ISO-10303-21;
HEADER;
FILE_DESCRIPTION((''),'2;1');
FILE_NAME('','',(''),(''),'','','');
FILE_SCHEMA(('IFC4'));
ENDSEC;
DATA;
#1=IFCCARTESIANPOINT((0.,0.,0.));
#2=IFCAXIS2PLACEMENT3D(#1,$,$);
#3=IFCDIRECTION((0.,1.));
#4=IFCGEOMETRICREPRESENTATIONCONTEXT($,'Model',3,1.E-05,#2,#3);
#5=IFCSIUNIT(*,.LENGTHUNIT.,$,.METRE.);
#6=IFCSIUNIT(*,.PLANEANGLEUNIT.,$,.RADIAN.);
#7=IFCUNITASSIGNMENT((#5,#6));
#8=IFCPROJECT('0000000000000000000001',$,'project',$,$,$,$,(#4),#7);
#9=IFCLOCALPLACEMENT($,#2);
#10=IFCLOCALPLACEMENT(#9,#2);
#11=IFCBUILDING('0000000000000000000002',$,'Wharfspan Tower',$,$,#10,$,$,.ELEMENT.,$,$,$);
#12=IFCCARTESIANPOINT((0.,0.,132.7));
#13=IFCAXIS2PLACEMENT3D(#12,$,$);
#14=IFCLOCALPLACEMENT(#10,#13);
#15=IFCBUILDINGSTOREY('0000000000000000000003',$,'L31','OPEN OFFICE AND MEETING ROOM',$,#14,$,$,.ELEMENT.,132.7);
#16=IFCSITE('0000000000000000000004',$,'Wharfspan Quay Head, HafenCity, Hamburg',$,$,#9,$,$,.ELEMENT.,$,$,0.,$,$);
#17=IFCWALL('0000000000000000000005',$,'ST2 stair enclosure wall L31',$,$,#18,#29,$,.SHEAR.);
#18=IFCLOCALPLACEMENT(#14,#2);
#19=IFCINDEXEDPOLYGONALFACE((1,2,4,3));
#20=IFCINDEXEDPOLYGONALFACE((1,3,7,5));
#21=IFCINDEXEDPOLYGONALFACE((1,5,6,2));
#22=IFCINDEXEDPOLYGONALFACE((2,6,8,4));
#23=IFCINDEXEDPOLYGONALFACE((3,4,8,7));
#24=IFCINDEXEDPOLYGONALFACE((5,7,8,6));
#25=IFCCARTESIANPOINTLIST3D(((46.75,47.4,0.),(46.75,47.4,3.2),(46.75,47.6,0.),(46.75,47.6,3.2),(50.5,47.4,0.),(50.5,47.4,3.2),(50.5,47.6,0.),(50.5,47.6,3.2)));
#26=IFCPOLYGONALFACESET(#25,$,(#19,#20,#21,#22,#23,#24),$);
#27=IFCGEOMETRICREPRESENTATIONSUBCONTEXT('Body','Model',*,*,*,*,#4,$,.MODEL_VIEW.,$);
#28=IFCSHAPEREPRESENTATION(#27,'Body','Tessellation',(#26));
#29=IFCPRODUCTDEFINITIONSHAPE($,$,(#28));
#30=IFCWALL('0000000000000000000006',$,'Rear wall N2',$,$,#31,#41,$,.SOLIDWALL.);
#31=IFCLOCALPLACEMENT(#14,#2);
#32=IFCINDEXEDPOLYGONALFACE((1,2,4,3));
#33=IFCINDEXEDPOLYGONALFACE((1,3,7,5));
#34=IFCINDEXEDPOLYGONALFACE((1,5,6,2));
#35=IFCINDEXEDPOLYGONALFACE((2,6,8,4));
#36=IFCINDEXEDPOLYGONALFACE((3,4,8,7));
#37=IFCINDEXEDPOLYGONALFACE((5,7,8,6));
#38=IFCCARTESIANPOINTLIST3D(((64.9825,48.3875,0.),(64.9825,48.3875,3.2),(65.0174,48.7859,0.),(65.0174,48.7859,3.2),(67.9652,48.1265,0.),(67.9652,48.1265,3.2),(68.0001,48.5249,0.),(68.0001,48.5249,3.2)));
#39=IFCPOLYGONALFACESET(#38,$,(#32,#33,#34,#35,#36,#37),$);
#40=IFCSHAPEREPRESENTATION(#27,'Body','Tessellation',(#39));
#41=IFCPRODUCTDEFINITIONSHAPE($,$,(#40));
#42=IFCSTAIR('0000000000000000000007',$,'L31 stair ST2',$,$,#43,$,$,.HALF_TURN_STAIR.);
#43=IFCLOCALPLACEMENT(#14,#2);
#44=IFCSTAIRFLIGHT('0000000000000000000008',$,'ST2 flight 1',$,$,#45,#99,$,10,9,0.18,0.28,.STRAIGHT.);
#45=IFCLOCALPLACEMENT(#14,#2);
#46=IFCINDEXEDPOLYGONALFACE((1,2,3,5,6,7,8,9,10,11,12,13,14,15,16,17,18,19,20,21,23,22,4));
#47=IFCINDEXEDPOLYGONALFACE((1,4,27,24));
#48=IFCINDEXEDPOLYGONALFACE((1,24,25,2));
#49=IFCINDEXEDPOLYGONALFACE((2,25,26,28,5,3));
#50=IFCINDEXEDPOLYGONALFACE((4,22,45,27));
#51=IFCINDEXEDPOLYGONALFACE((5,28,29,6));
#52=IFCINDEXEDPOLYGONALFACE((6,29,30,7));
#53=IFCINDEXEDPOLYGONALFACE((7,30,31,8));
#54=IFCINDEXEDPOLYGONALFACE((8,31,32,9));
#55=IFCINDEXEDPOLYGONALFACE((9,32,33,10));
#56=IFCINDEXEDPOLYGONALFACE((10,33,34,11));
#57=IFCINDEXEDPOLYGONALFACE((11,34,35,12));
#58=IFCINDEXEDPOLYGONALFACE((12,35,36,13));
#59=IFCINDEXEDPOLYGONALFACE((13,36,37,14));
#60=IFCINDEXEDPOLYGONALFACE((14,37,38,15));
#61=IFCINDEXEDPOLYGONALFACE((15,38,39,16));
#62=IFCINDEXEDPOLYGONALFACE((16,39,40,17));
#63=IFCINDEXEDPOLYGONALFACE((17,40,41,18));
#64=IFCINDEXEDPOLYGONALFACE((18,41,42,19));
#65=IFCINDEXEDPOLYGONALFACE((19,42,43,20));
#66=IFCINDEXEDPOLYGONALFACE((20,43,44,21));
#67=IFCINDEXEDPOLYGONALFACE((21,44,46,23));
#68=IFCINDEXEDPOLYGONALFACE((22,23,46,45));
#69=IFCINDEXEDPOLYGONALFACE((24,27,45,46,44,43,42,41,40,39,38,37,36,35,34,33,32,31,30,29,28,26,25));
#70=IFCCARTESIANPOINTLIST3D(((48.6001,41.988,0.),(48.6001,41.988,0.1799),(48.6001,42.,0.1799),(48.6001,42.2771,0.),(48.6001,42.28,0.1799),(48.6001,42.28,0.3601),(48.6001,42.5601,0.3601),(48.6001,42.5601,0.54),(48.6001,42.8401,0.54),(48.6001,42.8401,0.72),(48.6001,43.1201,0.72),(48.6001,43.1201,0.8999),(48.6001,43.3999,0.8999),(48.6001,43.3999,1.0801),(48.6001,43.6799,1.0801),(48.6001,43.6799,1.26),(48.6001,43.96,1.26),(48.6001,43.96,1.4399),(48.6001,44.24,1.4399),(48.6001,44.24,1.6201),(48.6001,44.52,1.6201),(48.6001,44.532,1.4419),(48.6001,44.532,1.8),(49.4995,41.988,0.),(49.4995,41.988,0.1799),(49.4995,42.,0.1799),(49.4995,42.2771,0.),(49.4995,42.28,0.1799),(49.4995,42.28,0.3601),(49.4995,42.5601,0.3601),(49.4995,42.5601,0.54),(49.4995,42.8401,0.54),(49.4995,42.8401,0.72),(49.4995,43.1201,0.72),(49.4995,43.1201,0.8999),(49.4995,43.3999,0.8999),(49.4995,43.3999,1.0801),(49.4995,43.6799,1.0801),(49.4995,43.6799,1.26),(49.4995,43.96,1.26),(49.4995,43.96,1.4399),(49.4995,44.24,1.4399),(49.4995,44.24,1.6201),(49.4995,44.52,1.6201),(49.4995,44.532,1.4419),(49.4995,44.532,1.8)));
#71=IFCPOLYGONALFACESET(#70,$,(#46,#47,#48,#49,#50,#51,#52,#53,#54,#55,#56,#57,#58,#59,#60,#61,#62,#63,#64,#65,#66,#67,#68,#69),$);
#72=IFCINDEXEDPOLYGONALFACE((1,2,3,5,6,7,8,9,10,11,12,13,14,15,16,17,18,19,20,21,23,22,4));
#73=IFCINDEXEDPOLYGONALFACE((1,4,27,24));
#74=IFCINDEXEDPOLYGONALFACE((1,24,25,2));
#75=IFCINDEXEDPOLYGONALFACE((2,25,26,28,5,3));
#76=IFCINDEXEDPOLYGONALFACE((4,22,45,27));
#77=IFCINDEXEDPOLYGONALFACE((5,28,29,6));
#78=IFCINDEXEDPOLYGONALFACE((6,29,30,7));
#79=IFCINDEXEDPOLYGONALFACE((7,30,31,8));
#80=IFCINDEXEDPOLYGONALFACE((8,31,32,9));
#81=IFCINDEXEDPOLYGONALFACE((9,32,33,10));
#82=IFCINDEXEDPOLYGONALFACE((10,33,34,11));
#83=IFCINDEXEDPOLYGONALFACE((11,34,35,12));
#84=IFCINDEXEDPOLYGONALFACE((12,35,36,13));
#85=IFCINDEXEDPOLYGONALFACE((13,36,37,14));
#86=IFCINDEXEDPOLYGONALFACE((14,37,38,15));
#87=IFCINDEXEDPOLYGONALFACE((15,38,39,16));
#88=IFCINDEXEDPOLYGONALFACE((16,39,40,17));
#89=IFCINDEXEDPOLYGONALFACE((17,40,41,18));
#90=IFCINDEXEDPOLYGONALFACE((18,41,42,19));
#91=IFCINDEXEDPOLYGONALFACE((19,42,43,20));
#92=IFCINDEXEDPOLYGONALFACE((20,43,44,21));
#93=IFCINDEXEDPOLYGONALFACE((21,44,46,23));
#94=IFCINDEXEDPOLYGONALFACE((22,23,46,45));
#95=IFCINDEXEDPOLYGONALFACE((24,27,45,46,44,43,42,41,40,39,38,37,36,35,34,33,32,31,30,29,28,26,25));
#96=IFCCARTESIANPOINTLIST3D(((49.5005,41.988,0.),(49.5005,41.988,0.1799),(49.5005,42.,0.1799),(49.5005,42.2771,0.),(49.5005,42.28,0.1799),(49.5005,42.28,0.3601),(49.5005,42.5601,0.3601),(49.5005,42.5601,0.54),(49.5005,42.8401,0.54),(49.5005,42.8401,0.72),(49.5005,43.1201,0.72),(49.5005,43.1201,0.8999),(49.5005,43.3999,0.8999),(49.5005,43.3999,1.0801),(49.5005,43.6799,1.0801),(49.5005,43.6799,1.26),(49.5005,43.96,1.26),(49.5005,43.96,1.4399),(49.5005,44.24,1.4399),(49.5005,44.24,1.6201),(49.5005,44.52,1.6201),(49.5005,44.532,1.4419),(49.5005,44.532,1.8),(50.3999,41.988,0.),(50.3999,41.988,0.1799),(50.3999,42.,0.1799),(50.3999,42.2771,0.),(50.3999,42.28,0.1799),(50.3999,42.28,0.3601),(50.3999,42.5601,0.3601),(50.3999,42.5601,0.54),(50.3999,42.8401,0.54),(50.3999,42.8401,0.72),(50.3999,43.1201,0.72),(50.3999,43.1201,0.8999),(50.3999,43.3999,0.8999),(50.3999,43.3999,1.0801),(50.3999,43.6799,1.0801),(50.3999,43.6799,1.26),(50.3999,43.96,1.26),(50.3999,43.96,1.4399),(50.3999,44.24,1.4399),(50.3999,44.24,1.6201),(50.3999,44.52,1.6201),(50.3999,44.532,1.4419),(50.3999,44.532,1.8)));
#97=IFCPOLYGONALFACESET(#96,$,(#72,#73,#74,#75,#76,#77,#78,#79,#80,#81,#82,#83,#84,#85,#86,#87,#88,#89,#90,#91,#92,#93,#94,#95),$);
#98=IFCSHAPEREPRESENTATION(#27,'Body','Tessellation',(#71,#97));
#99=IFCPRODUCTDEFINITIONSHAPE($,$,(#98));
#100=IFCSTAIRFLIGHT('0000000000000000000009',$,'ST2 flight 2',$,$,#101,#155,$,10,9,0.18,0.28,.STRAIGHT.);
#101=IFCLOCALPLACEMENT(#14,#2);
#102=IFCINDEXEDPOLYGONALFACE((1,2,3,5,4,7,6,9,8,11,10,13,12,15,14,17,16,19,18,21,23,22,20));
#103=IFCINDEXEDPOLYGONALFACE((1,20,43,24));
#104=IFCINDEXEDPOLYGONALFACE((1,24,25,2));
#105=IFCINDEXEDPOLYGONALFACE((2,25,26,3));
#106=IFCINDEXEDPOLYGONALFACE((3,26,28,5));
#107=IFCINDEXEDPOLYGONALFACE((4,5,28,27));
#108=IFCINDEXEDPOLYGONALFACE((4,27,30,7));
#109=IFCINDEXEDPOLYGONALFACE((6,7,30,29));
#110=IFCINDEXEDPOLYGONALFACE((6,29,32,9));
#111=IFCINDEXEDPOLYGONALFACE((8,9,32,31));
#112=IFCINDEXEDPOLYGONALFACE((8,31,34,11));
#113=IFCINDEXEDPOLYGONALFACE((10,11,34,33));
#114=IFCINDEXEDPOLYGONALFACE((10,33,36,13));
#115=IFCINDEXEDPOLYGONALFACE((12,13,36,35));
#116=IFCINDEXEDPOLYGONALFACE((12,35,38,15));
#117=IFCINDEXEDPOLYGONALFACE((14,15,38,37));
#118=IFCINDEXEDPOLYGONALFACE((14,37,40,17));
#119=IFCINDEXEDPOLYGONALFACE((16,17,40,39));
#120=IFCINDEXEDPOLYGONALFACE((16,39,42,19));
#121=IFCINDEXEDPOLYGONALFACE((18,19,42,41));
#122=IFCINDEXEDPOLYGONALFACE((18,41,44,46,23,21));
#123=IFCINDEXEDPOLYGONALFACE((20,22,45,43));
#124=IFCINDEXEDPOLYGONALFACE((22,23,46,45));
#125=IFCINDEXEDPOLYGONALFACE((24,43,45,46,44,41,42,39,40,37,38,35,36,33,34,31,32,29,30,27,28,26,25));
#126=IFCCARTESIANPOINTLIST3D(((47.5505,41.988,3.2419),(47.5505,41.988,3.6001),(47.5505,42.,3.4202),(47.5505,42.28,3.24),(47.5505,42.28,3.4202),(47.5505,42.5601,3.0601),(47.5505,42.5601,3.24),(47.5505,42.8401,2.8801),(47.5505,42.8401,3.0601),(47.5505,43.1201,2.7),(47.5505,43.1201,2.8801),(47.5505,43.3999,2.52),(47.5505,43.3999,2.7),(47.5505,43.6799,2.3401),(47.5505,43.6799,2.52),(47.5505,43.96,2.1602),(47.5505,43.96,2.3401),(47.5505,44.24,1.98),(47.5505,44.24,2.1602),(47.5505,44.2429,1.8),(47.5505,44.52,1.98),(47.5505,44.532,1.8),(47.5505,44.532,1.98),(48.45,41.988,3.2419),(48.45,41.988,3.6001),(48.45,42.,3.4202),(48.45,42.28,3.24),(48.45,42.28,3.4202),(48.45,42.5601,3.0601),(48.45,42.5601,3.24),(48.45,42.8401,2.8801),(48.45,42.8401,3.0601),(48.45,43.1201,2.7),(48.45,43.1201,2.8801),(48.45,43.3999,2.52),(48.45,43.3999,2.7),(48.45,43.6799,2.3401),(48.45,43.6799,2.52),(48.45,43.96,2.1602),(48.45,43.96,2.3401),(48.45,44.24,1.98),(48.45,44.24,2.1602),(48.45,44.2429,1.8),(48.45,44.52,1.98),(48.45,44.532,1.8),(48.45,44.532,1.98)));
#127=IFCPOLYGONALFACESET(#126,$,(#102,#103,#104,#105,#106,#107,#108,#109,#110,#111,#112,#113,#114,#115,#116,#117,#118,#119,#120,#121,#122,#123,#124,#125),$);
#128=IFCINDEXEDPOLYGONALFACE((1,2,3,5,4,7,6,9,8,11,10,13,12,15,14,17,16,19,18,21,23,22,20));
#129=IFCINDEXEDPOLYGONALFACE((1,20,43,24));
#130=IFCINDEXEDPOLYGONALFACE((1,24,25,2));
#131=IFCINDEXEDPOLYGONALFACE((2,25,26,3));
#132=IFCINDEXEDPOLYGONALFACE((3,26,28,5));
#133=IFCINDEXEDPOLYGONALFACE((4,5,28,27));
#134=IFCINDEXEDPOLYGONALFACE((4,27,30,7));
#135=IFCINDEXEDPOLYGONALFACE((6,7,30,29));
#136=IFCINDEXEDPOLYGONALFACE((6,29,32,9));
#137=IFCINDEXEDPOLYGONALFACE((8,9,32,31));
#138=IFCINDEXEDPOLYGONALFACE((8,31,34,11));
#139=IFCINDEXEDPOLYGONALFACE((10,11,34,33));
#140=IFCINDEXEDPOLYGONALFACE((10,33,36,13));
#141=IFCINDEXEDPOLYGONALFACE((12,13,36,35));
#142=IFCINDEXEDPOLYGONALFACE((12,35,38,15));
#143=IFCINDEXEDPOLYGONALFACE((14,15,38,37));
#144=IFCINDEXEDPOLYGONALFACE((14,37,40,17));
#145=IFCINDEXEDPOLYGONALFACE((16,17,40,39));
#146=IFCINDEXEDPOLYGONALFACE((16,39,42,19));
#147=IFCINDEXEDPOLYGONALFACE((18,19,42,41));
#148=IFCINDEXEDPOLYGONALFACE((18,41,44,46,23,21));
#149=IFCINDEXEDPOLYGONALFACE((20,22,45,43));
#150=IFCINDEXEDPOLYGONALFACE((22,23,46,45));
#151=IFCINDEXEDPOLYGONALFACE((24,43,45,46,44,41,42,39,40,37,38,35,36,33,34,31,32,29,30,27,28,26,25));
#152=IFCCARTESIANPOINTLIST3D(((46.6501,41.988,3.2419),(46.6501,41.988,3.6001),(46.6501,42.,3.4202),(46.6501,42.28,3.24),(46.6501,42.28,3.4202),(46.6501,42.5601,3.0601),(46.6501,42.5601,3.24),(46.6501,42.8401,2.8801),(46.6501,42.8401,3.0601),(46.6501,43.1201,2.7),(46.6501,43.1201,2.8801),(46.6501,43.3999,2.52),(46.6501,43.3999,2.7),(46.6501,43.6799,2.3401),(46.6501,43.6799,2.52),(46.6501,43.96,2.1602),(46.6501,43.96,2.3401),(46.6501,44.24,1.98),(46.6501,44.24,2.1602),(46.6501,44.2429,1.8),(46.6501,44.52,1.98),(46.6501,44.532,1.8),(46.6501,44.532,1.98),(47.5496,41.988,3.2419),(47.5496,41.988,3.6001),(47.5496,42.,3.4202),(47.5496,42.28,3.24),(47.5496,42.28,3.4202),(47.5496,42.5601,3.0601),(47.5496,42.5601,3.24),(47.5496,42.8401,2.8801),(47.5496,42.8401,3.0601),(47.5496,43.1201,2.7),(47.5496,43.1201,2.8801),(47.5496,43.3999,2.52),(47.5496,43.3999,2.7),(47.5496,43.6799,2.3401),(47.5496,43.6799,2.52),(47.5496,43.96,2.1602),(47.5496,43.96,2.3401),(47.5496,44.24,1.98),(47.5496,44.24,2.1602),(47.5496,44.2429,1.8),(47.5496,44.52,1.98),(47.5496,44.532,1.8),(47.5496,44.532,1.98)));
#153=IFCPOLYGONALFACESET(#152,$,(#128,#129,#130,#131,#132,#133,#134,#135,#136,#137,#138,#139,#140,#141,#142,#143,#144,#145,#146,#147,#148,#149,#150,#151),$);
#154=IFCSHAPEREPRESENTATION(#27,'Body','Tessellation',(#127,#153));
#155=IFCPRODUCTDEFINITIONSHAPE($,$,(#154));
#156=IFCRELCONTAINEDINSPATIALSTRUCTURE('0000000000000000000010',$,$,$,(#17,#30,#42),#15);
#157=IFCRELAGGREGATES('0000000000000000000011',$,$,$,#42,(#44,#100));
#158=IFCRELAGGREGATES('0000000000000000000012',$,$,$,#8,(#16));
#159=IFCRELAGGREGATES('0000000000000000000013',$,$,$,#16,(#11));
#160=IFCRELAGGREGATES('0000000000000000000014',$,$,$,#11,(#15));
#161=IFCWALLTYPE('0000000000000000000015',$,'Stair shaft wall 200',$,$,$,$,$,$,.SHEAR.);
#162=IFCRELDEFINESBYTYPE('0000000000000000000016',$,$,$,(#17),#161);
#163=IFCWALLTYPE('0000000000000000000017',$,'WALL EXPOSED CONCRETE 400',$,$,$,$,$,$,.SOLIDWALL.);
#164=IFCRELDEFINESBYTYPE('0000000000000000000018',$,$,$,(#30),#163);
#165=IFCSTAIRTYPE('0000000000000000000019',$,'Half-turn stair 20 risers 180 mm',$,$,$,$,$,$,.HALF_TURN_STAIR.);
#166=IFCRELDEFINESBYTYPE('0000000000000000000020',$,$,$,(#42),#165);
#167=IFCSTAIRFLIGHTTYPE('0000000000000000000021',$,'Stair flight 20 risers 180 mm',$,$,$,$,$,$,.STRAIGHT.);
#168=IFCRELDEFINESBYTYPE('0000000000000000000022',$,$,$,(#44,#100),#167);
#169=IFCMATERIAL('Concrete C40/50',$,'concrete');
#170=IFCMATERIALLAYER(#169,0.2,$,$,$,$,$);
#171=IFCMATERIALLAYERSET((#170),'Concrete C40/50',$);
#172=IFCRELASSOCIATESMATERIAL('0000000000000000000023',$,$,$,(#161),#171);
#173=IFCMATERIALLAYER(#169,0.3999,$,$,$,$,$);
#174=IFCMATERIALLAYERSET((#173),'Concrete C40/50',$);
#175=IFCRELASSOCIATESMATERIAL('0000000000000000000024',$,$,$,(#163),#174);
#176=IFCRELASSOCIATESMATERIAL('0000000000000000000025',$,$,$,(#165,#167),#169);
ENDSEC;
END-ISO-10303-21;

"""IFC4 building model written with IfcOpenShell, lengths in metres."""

from ifc_helpers import new_model, si_unit, direction, frame, frame_2d, origin, place, context, subcontext, project, spatial, polyline, rectangle, outline, extrude, material, layer, layer_set, type_object, element, aggregate, save


model = new_model("IFC4")

# Units and contexts
model_context = context("Model", 3, precision=1e-05, world=origin(), true_north=direction((0.0, 1.0)))
body_context = subcontext(model_context, "Body", "Model", "MODEL_VIEW")
ifc_project = project(units=[si_unit("LENGTHUNIT", "METRE"), si_unit("PLANEANGLEUNIT", "RADIAN")], contexts=[model_context])

# Site, building, storey
site_placement = place(None, origin())
site = spatial("IfcSite", under=ifc_project, at=site_placement, Name="Wharfspan Quay Head, HafenCity, Hamburg", CompositionType="ELEMENT", RefElevation=0.0)
building_placement = place(site_placement, origin())
building = spatial("IfcBuilding", under=site, at=building_placement, Name="Wharfspan Tower", CompositionType="ELEMENT")
storey_placement = place(building_placement, frame((0.0, 0.0, 132.7)))
storey = spatial("IfcBuildingStorey", under=building, at=storey_placement, Name="L31", Description="OPEN OFFICE AND MEETING ROOM", CompositionType="ELEMENT", Elevation=132.7)

# Walls
ifc_material_1 = material(Name="Concrete C40/50", Category="concrete")
ifc_layer_1 = layer(ifc_material_1, 0.2)
ifc_layer_set_1 = layer_set([ifc_layer_1], Name="Concrete C40/50")
wall_type_1 = type_object("IfcWallType", Name="Stair shaft wall 200", PredefinedType="SHEAR", material=ifc_layer_set_1)
wall_1_placement = place(storey_placement, frame((46.75, 47.5, 0.0), z_axis=(0.0, 0.0, 1.0), x_axis=(1.0, 0.0, 0.0)))
element("IfcWall", 1, at=wall_1_placement, inside=storey, type_object=wall_type_1, Name="ST2 stair enclosure wall L31", PredefinedType="SHEAR", context=body_context, shape_type="SweptSolid", body=[
    extrude(rectangle(XDim=3.75, YDim=0.2, at=frame_2d((1.875, 0.0))), origin(), (0.0, 0.0, 1.0), 3.2),
])
ifc_layer_2 = layer(ifc_material_1, 0.3999)
ifc_layer_set_2 = layer_set([ifc_layer_2], Name="Concrete C40/50")
wall_type_2 = type_object("IfcWallType", Name="WALL EXPOSED CONCRETE 400", PredefinedType="SOLIDWALL", material=ifc_layer_set_2)
wall_2_placement = place(storey_placement, frame((67.9827, 48.3257, 0.0), z_axis=(0.0, 0.0, 1.0), x_axis=(-0.996194, 0.087168, 0.0)))
element("IfcWall", 2, at=wall_2_placement, inside=storey, type_object=wall_type_2, Name="Rear wall N2", PredefinedType="SOLIDWALL", context=body_context, shape_type="SweptSolid", body=[
    extrude(rectangle(XDim=2.9941, YDim=0.3999, at=frame_2d((1.4971, 0.0))), origin(), (0.0, 0.0, 1.0), 3.2),
])

# Stair, stair flights
stair_type = type_object("IfcStairType", Name="Half-turn stair 20 risers 180 mm", PredefinedType="HALF_TURN_STAIR", material=ifc_material_1)
stair_placement = place(storey_placement, origin())
stair = element("IfcStair", 3, at=stair_placement, inside=storey, type_object=stair_type, Name="L31 stair ST2", PredefinedType="HALF_TURN_STAIR")
stair_flight_type = type_object("IfcStairFlightType", Name="Stair flight 20 risers 180 mm", PredefinedType="STRAIGHT", material=ifc_material_1)
stair_flight_1_placement = place(storey_placement, frame((49.5, 42.0, 0.0), z_axis=(0.0, 0.0, 1.0), x_axis=(0.0, 1.0, 0.0)))
stair_flight_1 = element("IfcStairFlight", 4, at=stair_flight_1_placement, type_object=stair_flight_type, Name="ST2 flight 1", NumberOfRisers=10, NumberOfTreads=9, PredefinedType="STRAIGHT", RiserHeight=0.18, TreadLength=0.28, context=body_context, shape_type="SweptSolid", body=[
    extrude(outline(polyline([(-0.012, 0.0), (-0.012, 0.1799), (0.0, 0.1799), (0.28, 0.1799), (0.28, 0.3601), (0.5601, 0.3601), (0.5601, 0.54), (0.8401, 0.54), (0.8401, 0.72), (1.1201, 0.72), (1.1201, 0.8999), (1.3999, 0.8999), (1.3999, 1.0801), (1.6799, 1.0801), (1.6799, 1.26), (1.96, 1.26), (1.96, 1.4399), (2.24, 1.4399), (2.24, 1.6201), (2.52, 1.6201), (2.532, 1.8), (2.532, 1.4419), (0.2771, 0.0), (-0.012, 0.0)])), frame((0.0, 0.8999, 0.0), z_axis=(0.0, -1.0, 0.0), x_axis=(1.0, 0.0, 0.0)), (0.0, 0.0, 1.0), 0.8994),
    extrude(outline(polyline([(-0.012, 0.0), (-0.012, 0.1799), (0.0, 0.1799), (0.28, 0.1799), (0.28, 0.3601), (0.5601, 0.3601), (0.5601, 0.54), (0.8401, 0.54), (0.8401, 0.72), (1.1201, 0.72), (1.1201, 0.8999), (1.3999, 0.8999), (1.3999, 1.0801), (1.6799, 1.0801), (1.6799, 1.26), (1.96, 1.26), (1.96, 1.4399), (2.24, 1.4399), (2.24, 1.6201), (2.52, 1.6201), (2.532, 1.8), (2.532, 1.4419), (0.2771, 0.0), (-0.012, 0.0)])), frame((0.0, -0.0005, 0.0), z_axis=(0.0, -1.0, 0.0), x_axis=(1.0, 0.0, 0.0)), (0.0, 0.0, 1.0), 0.8994),
])
stair_flight_2_placement = place(storey_placement, frame((47.55, 44.52, 1.8), z_axis=(0.0, 0.0, 1.0), x_axis=(0.0, -1.0, 0.0)))
stair_flight_2 = element("IfcStairFlight", 5, at=stair_flight_2_placement, type_object=stair_flight_type, Name="ST2 flight 2", NumberOfRisers=10, NumberOfTreads=9, PredefinedType="STRAIGHT", RiserHeight=0.18, TreadLength=0.28, context=body_context, shape_type="SweptSolid", body=[
    extrude(outline(polyline([(-0.012, 0.0), (-0.012, 0.1799), (0.0, 0.1799), (0.28, 0.1799), (0.28, 0.3601), (0.5601, 0.3601), (0.5601, 0.54), (0.8401, 0.54), (0.8401, 0.72), (1.1201, 0.72), (1.1201, 0.8999), (1.3999, 0.8999), (1.3999, 1.0801), (1.6799, 1.0801), (1.6799, 1.26), (1.96, 1.26), (1.96, 1.4399), (2.24, 1.4399), (2.24, 1.6201), (2.52, 1.6201), (2.532, 1.8), (2.532, 1.4419), (0.2771, 0.0), (-0.012, 0.0)])), frame((0.0, 0.8999, 0.0), z_axis=(0.0, -1.0, 0.0), x_axis=(1.0, 0.0, 0.0)), (0.0, 0.0, 1.0), 0.8994),
    extrude(outline(polyline([(-0.012, 0.0), (-0.012, 0.1799), (0.0, 0.1799), (0.28, 0.1799), (0.28, 0.3601), (0.5601, 0.3601), (0.5601, 0.54), (0.8401, 0.54), (0.8401, 0.72), (1.1201, 0.72), (1.1201, 0.8999), (1.3999, 0.8999), (1.3999, 1.0801), (1.6799, 1.0801), (1.6799, 1.26), (1.96, 1.26), (1.96, 1.4399), (2.24, 1.4399), (2.24, 1.6201), (2.52, 1.6201), (2.532, 1.8), (2.532, 1.4419), (0.2771, 0.0), (-0.012, 0.0)])), frame((0.0, -0.0005, 0.0), z_axis=(0.0, -1.0, 0.0), x_axis=(1.0, 0.0, 0.0)), (0.0, 0.0, 1.0), 0.8994),
])
aggregate(stair, [stair_flight_1, stair_flight_2])

save(model, "model.ifc")
